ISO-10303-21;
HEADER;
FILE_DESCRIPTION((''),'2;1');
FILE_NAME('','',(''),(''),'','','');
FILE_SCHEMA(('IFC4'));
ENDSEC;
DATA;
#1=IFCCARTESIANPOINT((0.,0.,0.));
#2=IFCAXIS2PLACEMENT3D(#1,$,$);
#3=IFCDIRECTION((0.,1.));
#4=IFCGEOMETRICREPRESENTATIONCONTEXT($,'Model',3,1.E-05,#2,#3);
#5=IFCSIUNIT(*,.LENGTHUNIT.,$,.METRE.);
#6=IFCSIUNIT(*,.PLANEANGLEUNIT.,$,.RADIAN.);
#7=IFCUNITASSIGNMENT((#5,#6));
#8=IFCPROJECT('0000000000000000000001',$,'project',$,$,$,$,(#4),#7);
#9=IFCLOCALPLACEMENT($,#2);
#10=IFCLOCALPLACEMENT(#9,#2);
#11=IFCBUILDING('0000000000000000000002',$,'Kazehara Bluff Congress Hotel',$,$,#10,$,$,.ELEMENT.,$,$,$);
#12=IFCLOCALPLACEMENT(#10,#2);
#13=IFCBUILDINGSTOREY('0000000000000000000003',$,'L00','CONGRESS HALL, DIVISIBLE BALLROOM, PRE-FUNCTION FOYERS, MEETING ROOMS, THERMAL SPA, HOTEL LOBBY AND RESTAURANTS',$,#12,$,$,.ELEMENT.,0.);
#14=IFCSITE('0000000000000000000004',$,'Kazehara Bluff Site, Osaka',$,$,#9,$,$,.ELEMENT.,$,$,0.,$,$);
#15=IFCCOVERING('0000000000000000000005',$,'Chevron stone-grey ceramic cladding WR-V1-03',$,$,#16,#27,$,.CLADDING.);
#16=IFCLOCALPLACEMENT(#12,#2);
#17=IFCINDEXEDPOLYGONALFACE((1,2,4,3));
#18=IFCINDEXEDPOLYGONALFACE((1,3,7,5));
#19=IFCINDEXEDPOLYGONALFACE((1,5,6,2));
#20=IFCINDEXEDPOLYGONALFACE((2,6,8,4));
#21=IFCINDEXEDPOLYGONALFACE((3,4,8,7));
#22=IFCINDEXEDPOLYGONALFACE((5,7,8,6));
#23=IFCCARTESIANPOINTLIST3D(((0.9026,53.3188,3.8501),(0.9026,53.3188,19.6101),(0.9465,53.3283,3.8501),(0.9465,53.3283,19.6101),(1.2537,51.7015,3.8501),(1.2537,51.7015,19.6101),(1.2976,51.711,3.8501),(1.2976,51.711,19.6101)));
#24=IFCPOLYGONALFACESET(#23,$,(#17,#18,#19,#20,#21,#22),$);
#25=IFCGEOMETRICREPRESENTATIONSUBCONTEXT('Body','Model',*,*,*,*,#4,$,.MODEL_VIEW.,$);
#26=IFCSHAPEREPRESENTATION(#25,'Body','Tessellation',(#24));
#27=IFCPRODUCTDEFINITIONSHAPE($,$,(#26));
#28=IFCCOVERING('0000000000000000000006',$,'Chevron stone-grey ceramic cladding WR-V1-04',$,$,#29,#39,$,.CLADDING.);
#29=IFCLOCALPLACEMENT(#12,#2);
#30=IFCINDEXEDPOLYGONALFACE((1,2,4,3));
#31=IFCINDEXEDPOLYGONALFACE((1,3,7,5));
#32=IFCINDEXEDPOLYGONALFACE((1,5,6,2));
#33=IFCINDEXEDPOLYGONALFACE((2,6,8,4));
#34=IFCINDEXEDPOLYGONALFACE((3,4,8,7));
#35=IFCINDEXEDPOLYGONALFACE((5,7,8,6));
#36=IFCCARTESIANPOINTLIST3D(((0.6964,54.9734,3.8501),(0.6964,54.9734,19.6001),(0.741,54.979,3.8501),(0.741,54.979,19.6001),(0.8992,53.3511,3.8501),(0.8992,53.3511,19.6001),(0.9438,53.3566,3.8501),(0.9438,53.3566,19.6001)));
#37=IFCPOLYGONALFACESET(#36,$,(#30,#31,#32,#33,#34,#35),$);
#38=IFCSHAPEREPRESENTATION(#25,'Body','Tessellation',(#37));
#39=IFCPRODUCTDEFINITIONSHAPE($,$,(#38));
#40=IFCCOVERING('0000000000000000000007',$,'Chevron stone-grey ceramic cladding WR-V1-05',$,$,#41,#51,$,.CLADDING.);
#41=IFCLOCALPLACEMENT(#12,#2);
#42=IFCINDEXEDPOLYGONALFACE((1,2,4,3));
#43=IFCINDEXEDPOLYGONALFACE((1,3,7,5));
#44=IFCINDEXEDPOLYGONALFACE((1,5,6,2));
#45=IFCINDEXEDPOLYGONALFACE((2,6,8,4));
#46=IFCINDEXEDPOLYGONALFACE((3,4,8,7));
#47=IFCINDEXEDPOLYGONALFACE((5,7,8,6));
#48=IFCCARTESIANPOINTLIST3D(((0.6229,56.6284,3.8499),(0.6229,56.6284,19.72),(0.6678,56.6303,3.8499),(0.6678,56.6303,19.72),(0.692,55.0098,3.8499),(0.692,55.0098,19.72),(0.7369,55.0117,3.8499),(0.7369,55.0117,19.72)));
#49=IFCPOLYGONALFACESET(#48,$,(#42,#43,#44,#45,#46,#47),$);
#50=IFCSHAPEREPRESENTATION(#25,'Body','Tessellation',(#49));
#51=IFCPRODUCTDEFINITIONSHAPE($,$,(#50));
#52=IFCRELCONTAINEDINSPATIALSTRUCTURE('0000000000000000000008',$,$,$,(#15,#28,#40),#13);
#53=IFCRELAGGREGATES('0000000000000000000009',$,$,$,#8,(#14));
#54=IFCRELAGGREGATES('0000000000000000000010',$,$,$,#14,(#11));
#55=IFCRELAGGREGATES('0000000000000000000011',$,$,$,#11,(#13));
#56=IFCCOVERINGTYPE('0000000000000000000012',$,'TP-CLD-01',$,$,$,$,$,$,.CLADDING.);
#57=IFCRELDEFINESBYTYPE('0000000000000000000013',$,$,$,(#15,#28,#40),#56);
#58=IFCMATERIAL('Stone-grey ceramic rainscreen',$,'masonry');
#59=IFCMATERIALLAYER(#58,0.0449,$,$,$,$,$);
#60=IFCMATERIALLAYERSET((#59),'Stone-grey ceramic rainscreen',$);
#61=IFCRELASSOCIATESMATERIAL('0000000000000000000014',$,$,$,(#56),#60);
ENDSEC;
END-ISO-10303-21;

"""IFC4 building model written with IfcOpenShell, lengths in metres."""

from ifc_helpers import new_model, si_unit, direction, frame, origin, origin_2d, place, context, subcontext, project, spatial, rectangle, extrude, material, layer, layer_set, type_object, element, save


model = new_model("IFC4")

# Units and contexts
model_context = context("Model", 3, precision=1e-05, world=origin(), true_north=direction((0.0, 1.0)))
body_context = subcontext(model_context, "Body", "Model", "MODEL_VIEW")
ifc_project = project(units=[si_unit("LENGTHUNIT", "METRE"), si_unit("PLANEANGLEUNIT", "RADIAN")], contexts=[model_context])

# Site, building, storey
site_placement = place(None, origin())
site = spatial("IfcSite", under=ifc_project, at=site_placement, Name="Kazehara Bluff Site, Osaka", CompositionType="ELEMENT", RefElevation=0.0)
building_placement = place(site_placement, origin())
building = spatial("IfcBuilding", under=site, at=building_placement, Name="Kazehara Bluff Congress Hotel", CompositionType="ELEMENT")
storey_placement = place(building_placement, origin())
storey = spatial("IfcBuildingStorey", under=building, at=storey_placement, Name="L00", Description="CONGRESS HALL, DIVISIBLE BALLROOM, PRE-FUNCTION FOYERS, MEETING ROOMS, THERMAL SPA, HOTEL LOBBY AND RESTAURANTS", CompositionType="ELEMENT", Elevation=0.0)

# Coverings
ifc_material_1 = material(Name="Stone-grey ceramic rainscreen", Category="masonry")
ifc_layer_1 = layer(ifc_material_1, 0.0449)
ifc_layer_set_1 = layer_set([ifc_layer_1], Name="Stone-grey ceramic rainscreen")
covering_type_1 = type_object("IfcCoveringType", Name="TP-CLD-01", PredefinedType="CLADDING", material=ifc_layer_set_1)
covering_1_placement = place(storey_placement, frame((1.1001, 52.5149, 3.8501), z_axis=(0.0, 0.0, 1.0), x_axis=(-0.212181, 0.97723, 0.0)))
element("IfcCovering", 1, at=covering_1_placement, inside=storey, type_object=covering_type_1, Name="Chevron stone-grey ceramic cladding WR-V1-03", PredefinedType="CLADDING", context=body_context, shape_type="SweptSolid", body=[
    extrude(rectangle(XDim=1.655, YDim=0.0449, at=origin_2d()), origin(), (0.0, 0.0, 1.0), 15.76),
])
covering_2_placement = place(storey_placement, frame((0.8201, 54.165, 3.8501), z_axis=(0.0, 0.0, 1.0), x_axis=(-0.124034, 0.992278, 0.0)))
element("IfcCovering", 2, at=covering_2_placement, inside=storey, type_object=covering_type_1, Name="Chevron stone-grey ceramic cladding WR-V1-04", PredefinedType="CLADDING", context=body_context, shape_type="SweptSolid", body=[
    extrude(rectangle(XDim=1.635, YDim=0.0449, at=origin_2d()), origin(), (0.0, 0.0, 1.0), 15.75),
])
covering_3_placement = place(storey_placement, frame((0.6799, 55.8201, 3.8499), z_axis=(0.0, 0.0, 1.0), x_axis=(-0.042645, 0.99909, 0.0)))
element("IfcCovering", 3, at=covering_3_placement, inside=storey, type_object=covering_type_1, Name="Chevron stone-grey ceramic cladding WR-V1-05", PredefinedType="CLADDING", context=body_context, shape_type="SweptSolid", body=[
    extrude(rectangle(XDim=1.6201, YDim=0.0449, at=origin_2d()), origin(), (0.0, 0.0, 1.0), 15.8701),
])

save(model, "model.ifc")
